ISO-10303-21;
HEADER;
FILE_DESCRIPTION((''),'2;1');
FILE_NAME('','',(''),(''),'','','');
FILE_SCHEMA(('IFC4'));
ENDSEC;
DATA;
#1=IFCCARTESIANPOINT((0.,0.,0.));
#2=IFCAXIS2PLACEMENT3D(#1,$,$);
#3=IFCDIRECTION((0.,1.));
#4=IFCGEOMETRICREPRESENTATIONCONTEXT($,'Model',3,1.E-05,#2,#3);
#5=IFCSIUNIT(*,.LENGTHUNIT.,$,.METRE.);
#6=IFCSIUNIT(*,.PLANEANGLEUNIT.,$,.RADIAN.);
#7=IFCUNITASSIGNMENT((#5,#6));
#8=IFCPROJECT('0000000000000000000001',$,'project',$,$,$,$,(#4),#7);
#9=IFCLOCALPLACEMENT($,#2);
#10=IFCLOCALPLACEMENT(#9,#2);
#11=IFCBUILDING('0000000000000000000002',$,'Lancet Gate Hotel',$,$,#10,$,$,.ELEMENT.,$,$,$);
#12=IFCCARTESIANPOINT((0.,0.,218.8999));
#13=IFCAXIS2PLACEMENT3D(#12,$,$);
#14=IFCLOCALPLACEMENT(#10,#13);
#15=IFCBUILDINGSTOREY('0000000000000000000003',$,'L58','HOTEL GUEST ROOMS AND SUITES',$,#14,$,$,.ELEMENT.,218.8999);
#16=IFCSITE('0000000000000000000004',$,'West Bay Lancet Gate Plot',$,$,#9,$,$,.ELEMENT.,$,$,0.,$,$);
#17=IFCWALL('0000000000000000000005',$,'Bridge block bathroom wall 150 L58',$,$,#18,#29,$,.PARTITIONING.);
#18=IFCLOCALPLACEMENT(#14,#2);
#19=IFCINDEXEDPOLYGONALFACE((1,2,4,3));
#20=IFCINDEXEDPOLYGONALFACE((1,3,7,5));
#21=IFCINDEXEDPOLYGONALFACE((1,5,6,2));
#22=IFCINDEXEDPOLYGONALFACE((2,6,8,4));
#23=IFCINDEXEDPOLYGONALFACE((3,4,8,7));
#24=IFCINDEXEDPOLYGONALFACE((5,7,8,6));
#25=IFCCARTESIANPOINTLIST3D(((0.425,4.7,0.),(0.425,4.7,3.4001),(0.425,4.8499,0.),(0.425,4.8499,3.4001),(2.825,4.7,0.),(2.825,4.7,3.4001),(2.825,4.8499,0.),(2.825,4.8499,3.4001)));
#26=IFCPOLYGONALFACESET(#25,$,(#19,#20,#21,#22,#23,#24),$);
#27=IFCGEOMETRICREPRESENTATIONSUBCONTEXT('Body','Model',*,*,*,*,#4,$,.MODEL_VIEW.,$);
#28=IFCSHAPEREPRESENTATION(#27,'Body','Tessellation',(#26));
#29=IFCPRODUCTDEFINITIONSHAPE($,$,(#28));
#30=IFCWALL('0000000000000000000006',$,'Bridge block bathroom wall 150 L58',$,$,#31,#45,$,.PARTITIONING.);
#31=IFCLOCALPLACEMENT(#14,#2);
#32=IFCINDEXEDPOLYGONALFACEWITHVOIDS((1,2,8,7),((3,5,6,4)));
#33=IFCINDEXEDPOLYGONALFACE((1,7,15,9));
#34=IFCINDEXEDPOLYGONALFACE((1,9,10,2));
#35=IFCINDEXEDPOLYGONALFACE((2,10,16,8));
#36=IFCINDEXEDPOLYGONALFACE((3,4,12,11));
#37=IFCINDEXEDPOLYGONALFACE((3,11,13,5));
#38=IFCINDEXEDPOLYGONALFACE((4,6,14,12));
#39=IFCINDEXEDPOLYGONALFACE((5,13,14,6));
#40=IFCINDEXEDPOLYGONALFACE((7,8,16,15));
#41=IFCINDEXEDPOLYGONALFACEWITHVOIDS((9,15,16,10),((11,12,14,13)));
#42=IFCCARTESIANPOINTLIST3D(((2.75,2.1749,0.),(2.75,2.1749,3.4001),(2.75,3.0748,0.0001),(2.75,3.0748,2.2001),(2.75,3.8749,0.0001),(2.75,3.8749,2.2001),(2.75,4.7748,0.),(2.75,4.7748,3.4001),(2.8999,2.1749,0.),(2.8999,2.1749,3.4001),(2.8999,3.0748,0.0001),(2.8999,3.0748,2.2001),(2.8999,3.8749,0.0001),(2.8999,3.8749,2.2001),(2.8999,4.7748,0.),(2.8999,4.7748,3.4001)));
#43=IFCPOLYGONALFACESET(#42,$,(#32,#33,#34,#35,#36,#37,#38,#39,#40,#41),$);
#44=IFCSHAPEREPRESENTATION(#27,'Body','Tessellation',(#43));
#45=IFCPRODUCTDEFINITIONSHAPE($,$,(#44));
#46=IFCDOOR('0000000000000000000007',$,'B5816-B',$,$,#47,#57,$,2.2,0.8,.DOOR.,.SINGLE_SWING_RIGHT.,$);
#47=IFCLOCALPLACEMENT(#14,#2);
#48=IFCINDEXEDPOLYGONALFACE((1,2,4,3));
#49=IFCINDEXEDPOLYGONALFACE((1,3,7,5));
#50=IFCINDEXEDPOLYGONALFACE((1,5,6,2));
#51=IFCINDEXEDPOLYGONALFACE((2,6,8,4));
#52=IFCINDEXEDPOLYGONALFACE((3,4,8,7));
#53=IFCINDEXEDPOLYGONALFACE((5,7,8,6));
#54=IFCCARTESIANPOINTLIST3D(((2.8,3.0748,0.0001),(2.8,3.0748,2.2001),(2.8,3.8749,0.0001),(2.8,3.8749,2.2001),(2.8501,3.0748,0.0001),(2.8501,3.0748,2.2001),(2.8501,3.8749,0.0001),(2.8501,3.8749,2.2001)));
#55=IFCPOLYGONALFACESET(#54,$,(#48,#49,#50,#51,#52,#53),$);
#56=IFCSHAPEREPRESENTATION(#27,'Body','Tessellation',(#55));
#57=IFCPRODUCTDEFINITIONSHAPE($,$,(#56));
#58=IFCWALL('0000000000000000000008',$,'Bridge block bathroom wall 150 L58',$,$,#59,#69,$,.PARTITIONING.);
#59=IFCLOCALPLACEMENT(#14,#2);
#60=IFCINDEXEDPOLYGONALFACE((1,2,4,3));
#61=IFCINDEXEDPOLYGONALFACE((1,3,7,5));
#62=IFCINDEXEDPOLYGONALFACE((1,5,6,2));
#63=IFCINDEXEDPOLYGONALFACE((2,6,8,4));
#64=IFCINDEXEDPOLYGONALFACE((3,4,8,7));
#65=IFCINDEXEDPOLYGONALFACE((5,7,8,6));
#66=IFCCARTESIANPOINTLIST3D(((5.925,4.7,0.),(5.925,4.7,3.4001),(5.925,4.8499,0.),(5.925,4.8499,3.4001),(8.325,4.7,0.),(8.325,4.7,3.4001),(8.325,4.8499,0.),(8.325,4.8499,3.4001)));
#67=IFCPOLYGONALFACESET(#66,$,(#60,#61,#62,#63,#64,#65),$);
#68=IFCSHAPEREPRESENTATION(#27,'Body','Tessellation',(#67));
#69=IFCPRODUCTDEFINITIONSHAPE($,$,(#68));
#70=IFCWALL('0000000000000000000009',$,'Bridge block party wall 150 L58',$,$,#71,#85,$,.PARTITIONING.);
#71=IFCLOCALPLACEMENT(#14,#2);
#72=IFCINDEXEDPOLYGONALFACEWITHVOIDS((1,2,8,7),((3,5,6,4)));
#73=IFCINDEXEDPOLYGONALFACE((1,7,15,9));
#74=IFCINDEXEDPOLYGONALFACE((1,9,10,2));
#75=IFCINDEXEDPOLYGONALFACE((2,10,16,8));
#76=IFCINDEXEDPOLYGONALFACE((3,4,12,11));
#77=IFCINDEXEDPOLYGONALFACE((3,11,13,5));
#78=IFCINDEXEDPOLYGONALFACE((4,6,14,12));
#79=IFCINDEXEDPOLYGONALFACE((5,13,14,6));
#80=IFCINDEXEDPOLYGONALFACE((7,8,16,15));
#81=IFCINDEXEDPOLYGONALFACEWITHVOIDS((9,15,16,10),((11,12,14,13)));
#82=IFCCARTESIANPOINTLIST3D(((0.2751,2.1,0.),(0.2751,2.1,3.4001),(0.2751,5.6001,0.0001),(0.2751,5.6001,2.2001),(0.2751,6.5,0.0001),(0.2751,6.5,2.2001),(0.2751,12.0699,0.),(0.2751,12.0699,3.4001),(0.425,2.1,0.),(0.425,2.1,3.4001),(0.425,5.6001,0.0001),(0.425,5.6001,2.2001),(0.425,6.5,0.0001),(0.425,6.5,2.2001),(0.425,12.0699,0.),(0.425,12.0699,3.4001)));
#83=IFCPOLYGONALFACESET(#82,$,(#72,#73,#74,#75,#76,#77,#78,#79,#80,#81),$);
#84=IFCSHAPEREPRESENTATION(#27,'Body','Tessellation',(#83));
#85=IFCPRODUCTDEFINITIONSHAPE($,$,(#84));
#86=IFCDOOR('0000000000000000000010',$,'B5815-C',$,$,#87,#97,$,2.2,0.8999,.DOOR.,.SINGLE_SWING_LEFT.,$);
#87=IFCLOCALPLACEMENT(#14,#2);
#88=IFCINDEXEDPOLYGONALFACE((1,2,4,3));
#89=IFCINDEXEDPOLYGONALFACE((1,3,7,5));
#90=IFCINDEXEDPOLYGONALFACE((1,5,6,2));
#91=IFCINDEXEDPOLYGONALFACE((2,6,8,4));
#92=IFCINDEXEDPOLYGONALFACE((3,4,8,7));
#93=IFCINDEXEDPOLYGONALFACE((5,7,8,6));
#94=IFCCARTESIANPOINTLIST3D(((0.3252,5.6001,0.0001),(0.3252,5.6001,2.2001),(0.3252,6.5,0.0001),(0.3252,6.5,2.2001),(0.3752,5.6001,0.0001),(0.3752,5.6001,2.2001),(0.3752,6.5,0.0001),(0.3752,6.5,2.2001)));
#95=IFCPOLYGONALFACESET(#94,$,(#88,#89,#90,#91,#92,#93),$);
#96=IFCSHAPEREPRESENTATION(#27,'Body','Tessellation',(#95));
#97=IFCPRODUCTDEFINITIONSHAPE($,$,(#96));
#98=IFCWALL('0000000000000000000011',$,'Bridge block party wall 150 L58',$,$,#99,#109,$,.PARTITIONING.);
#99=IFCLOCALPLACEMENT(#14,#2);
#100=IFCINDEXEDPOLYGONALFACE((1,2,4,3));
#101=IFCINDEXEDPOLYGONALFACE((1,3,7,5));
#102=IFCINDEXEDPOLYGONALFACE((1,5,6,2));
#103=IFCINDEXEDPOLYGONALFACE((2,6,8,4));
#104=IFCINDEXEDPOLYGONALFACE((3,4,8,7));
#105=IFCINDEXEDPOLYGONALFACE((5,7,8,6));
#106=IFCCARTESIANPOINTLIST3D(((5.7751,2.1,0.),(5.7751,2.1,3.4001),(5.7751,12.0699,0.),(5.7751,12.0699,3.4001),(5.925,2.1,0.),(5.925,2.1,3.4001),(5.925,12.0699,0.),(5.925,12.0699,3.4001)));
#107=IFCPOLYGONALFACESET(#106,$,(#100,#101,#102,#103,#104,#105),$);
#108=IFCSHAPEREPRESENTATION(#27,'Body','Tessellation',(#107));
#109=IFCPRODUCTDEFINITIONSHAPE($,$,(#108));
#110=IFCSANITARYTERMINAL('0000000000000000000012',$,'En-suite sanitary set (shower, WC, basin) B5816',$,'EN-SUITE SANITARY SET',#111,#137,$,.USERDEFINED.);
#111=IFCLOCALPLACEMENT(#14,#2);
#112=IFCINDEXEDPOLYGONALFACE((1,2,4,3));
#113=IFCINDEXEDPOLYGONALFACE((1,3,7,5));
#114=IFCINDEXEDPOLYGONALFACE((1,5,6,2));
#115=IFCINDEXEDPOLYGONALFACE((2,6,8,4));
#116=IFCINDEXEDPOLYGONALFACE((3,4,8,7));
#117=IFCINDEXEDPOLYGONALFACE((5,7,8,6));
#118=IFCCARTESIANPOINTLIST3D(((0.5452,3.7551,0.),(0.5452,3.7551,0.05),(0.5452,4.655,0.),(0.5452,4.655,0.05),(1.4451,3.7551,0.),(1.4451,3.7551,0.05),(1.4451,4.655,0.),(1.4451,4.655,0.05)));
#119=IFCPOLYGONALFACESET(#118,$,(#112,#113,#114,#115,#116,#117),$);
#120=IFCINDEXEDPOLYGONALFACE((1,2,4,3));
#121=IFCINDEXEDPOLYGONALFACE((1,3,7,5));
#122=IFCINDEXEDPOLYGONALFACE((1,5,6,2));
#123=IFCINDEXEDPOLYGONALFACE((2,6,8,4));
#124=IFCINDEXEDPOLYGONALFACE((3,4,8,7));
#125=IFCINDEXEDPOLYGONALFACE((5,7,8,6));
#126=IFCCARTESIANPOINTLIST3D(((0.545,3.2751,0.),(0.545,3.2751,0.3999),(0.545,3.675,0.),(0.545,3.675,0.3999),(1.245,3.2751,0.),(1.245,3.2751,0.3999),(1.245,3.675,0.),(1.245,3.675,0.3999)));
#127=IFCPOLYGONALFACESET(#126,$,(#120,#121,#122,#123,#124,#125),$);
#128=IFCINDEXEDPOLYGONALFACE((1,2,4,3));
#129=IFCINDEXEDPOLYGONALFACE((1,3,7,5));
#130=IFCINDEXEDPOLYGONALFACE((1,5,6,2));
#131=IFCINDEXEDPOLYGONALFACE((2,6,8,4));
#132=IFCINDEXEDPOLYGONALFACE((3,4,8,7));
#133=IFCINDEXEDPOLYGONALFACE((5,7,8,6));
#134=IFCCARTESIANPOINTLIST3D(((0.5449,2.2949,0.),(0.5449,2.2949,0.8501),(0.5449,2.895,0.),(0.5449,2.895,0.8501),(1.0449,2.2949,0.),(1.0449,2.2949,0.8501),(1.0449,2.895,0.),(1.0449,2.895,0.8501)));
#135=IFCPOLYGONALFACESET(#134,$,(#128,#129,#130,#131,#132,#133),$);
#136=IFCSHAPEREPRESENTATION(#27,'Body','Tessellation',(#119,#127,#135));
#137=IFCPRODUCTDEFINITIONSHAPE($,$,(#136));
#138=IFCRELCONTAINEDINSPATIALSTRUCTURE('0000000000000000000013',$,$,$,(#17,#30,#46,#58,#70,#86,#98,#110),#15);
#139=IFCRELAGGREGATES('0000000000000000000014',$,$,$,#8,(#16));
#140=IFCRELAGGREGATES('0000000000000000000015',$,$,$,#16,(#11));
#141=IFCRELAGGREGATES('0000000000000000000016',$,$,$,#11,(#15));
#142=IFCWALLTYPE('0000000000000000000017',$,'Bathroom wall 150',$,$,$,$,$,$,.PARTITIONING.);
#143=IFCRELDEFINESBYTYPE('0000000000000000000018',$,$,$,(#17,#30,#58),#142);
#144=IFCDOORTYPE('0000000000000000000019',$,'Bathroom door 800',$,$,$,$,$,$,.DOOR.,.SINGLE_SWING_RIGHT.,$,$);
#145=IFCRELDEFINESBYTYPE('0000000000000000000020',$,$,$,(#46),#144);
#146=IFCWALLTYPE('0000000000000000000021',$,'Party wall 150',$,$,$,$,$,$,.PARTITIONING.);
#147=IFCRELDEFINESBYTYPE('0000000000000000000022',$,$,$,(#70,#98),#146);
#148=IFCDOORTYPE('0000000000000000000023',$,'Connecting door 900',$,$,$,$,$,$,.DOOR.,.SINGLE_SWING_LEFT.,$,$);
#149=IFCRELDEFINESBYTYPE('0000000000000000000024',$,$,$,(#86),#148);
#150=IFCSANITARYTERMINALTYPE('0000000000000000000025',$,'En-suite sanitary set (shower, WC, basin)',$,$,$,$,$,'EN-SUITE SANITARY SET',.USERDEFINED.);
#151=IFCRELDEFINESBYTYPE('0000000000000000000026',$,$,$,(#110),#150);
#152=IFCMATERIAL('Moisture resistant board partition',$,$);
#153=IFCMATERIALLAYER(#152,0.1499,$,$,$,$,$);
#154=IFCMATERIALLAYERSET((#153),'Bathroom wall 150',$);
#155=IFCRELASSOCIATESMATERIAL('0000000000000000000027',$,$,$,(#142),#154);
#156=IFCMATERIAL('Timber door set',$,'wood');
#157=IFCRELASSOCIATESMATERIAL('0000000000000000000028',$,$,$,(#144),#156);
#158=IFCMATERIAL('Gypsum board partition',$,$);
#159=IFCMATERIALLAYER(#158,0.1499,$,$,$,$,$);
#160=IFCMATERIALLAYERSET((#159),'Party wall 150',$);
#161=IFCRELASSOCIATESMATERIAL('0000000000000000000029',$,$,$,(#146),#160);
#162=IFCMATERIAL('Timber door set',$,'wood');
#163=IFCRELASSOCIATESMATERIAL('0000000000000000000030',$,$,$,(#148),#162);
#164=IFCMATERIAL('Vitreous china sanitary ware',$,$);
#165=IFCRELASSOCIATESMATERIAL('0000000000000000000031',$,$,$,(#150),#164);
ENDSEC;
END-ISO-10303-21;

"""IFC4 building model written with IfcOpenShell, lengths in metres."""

from ifc_helpers import new_model, si_unit, direction, frame, frame_2d, origin, origin_2d, place, context, subcontext, project, spatial, rectangle, extrude, material, layer, layer_set, type_object, element, fill, save


model = new_model("IFC4")

# Units and contexts
model_context = context("Model", 3, precision=1e-05, world=origin(), true_north=direction((0.0, 1.0)))
body_context = subcontext(model_context, "Body", "Model", "MODEL_VIEW")
ifc_project = project(units=[si_unit("LENGTHUNIT", "METRE"), si_unit("PLANEANGLEUNIT", "RADIAN")], contexts=[model_context])

# Site, building, storey
site_placement = place(None, origin())
site = spatial("IfcSite", under=ifc_project, at=site_placement, Name="West Bay Lancet Gate Plot", CompositionType="ELEMENT", RefElevation=0.0)
building_placement = place(site_placement, origin())
building = spatial("IfcBuilding", under=site, at=building_placement, Name="Lancet Gate Hotel", CompositionType="ELEMENT")
storey_placement = place(building_placement, frame((0.0, 0.0, 218.8999)))
storey = spatial("IfcBuildingStorey", under=building, at=storey_placement, Name="L58", Description="HOTEL GUEST ROOMS AND SUITES", CompositionType="ELEMENT", Elevation=218.8999)

# Wall
ifc_material_1 = material(Name="Moisture resistant board partition")
ifc_layer_1 = layer(ifc_material_1, 0.1499)
ifc_layer_set_1 = layer_set([ifc_layer_1], Name="Bathroom wall 150")
wall_type_1 = type_object("IfcWallType", Name="Bathroom wall 150", PredefinedType="PARTITIONING", material=ifc_layer_set_1)
wall_1_placement = place(storey_placement, frame((0.425, 4.7749, 0.0), z_axis=(0.0, 0.0, 1.0), x_axis=(1.0, 0.0, 0.0)))
element("IfcWall", 1, at=wall_1_placement, inside=storey, type_object=wall_type_1, Name="Bridge block bathroom wall 150 L58", PredefinedType="PARTITIONING", context=body_context, shape_type="SweptSolid", body=[
    extrude(rectangle(XDim=2.3999, YDim=0.1499, at=frame_2d((1.2, 0.0))), origin(), (0.0, 0.0, 1.0), 3.4001),
])

# Wall, opening, door
wall_2_placement = place(storey_placement, frame((2.825, 2.175, 0.0), z_axis=(0.0, 0.0, 1.0), x_axis=(0.0, 1.0, 0.0)))
wall_2 = element("IfcWall", 2, at=wall_2_placement, inside=storey, type_object=wall_type_1, Name="Bridge block bathroom wall 150 L58", PredefinedType="PARTITIONING", context=body_context, shape_type="SweptSolid", body=[
    extrude(rectangle(XDim=2.5999, YDim=0.1499, at=frame_2d((1.2998, 0.0))), origin(), (0.0, 0.0, 1.0), 3.4001),
])
opening_1_placement = place(wall_2_placement, frame((0.8999, 0.0, 0.0)))
opening_1 = element("IfcOpeningElement", 3, at=opening_1_placement, cuts=wall_2, PredefinedType="OPENING", context=body_context, shape_type="SweptSolid", body=[
    extrude(rectangle(XDim=0.8, YDim=2.2, at=frame_2d((0.3999, 1.1001))), frame((0.0, 0.085, 0.0), z_axis=(0.0, -1.0, 0.0), x_axis=(1.0, 0.0, 0.0)), (0.0, 0.0, 1.0), 0.1699),
])
ifc_material_2 = material(Name="Timber door set", Category="wood")
door_type_1 = type_object("IfcDoorType", Name="Bathroom door 800", OperationType="SINGLE_SWING_RIGHT", PredefinedType="DOOR", material=ifc_material_2)
door_1_placement = place(opening_1_placement, origin())
door_1 = element("IfcDoor", 4, at=door_1_placement, inside=storey, type_object=door_type_1, Name="B5816-B", OperationType="SINGLE_SWING_RIGHT", OverallHeight=2.2, OverallWidth=0.8, PredefinedType="DOOR", context=body_context, shape_type="SweptSolid", body=[
    extrude(rectangle(XDim=0.8, YDim=2.2, at=frame_2d((0.3999, 1.1001))), frame((0.0, 0.0249, 0.0), z_axis=(0.0, -1.0, 0.0), x_axis=(1.0, 0.0, 0.0)), (0.0, 0.0, 1.0), 0.05),
])
fill(opening_1, door_1)

# Wall
wall_3_placement = place(storey_placement, frame((5.925, 4.7749, 0.0), z_axis=(0.0, 0.0, 1.0), x_axis=(1.0, 0.0, 0.0)))
element("IfcWall", 5, at=wall_3_placement, inside=storey, type_object=wall_type_1, Name="Bridge block bathroom wall 150 L58", PredefinedType="PARTITIONING", context=body_context, shape_type="SweptSolid", body=[
    extrude(rectangle(XDim=2.3999, YDim=0.1499, at=frame_2d((1.2, 0.0))), origin(), (0.0, 0.0, 1.0), 3.4001),
])

# Wall, opening, door
ifc_material_3 = material(Name="Gypsum board partition")
ifc_layer_2 = layer(ifc_material_3, 0.1499)
ifc_layer_set_2 = layer_set([ifc_layer_2], Name="Party wall 150")
wall_type_2 = type_object("IfcWallType", Name="Party wall 150", PredefinedType="PARTITIONING", material=ifc_layer_set_2)
wall_4_placement = place(storey_placement, frame((0.3501, 2.1001, 0.0), z_axis=(0.0, 0.0, 1.0), x_axis=(0.0, 1.0, 0.0)))
wall_4 = element("IfcWall", 6, at=wall_4_placement, inside=storey, type_object=wall_type_2, Name="Bridge block party wall 150 L58", PredefinedType="PARTITIONING", context=body_context, shape_type="SweptSolid", body=[
    extrude(rectangle(XDim=9.97, YDim=0.1499, at=frame_2d((4.9849, 0.0))), origin(), (0.0, 0.0, 1.0), 3.4001),
])
opening_2_placement = place(wall_4_placement, frame((3.5, 0.0, 0.0)))
opening_2 = element("IfcOpeningElement", 7, at=opening_2_placement, cuts=wall_4, PredefinedType="OPENING", context=body_context, shape_type="SweptSolid", body=[
    extrude(rectangle(XDim=0.8999, YDim=2.2, at=frame_2d((0.45, 1.1001))), frame((0.0, 0.085, 0.0), z_axis=(0.0, -1.0, 0.0), x_axis=(1.0, 0.0, 0.0)), (0.0, 0.0, 1.0), 0.1699),
])
ifc_material_4 = material(Name="Timber door set", Category="wood")
door_type_2 = type_object("IfcDoorType", Name="Connecting door 900", OperationType="SINGLE_SWING_LEFT", PredefinedType="DOOR", material=ifc_material_4)
door_2_placement = place(opening_2_placement, origin())
door_2 = element("IfcDoor", 8, at=door_2_placement, inside=storey, type_object=door_type_2, Name="B5815-C", OperationType="SINGLE_SWING_LEFT", OverallHeight=2.2, OverallWidth=0.8999, PredefinedType="DOOR", context=body_context, shape_type="SweptSolid", body=[
    extrude(rectangle(XDim=0.8999, YDim=2.2, at=frame_2d((0.45, 1.1001))), frame((0.0, 0.0249, 0.0), z_axis=(0.0, -1.0, 0.0), x_axis=(1.0, 0.0, 0.0)), (0.0, 0.0, 1.0), 0.05),
])
fill(opening_2, door_2)

# Wall
wall_5_placement = place(storey_placement, frame((5.8501, 2.1001, 0.0), z_axis=(0.0, 0.0, 1.0), x_axis=(0.0, 1.0, 0.0)))
element("IfcWall", 9, at=wall_5_placement, inside=storey, type_object=wall_type_2, Name="Bridge block party wall 150 L58", PredefinedType="PARTITIONING", context=body_context, shape_type="SweptSolid", body=[
    extrude(rectangle(XDim=9.97, YDim=0.1499, at=frame_2d((4.9849, 0.0))), origin(), (0.0, 0.0, 1.0), 3.4001),
])

# Sanitary terminal
ifc_material_5 = material(Name="Vitreous china sanitary ware")
sanitary_terminal_type = type_object("IfcSanitaryTerminalType", Name="En-suite sanitary set (shower, WC, basin)", ElementType="EN-SUITE SANITARY SET", PredefinedType="USERDEFINED", material=ifc_material_5)
sanitary_terminal_placement = place(storey_placement, frame((0.9951, 4.2051, 0.0), z_axis=(0.0, 0.0, 1.0), x_axis=(1.0, 0.0, 0.0)))
element("IfcSanitaryTerminal", 10, at=sanitary_terminal_placement, inside=storey, type_object=sanitary_terminal_type, Name="En-suite sanitary set (shower, WC, basin) B5816", ObjectType="EN-SUITE SANITARY SET", PredefinedType="USERDEFINED", context=body_context, shape_type="SweptSolid", body=[
    extrude(rectangle(XDim=0.8999, YDim=0.8999, at=origin_2d()), frame((0.0, 0.0, 0.0), z_axis=(0.0, 0.0, 1.0), x_axis=(0.0, 1.0, 0.0)), (0.0, 0.0, 1.0), 0.05),
    extrude(rectangle(XDim=0.3999, YDim=0.7, at=origin_2d()), frame((-0.1001, -0.73, 0.0), z_axis=(0.0, 0.0, 1.0), x_axis=(0.0, 1.0, 0.0)), (0.0, 0.0, 1.0), 0.3999),
    extrude(rectangle(XDim=0.6001, YDim=0.5, at=origin_2d()), frame((-0.2002, -1.6101, 0.0), z_axis=(0.0, 0.0, 1.0), x_axis=(0.0, 1.0, 0.0)), (0.0, 0.0, 1.0), 0.8501),
])

save(model, "model.ifc")
